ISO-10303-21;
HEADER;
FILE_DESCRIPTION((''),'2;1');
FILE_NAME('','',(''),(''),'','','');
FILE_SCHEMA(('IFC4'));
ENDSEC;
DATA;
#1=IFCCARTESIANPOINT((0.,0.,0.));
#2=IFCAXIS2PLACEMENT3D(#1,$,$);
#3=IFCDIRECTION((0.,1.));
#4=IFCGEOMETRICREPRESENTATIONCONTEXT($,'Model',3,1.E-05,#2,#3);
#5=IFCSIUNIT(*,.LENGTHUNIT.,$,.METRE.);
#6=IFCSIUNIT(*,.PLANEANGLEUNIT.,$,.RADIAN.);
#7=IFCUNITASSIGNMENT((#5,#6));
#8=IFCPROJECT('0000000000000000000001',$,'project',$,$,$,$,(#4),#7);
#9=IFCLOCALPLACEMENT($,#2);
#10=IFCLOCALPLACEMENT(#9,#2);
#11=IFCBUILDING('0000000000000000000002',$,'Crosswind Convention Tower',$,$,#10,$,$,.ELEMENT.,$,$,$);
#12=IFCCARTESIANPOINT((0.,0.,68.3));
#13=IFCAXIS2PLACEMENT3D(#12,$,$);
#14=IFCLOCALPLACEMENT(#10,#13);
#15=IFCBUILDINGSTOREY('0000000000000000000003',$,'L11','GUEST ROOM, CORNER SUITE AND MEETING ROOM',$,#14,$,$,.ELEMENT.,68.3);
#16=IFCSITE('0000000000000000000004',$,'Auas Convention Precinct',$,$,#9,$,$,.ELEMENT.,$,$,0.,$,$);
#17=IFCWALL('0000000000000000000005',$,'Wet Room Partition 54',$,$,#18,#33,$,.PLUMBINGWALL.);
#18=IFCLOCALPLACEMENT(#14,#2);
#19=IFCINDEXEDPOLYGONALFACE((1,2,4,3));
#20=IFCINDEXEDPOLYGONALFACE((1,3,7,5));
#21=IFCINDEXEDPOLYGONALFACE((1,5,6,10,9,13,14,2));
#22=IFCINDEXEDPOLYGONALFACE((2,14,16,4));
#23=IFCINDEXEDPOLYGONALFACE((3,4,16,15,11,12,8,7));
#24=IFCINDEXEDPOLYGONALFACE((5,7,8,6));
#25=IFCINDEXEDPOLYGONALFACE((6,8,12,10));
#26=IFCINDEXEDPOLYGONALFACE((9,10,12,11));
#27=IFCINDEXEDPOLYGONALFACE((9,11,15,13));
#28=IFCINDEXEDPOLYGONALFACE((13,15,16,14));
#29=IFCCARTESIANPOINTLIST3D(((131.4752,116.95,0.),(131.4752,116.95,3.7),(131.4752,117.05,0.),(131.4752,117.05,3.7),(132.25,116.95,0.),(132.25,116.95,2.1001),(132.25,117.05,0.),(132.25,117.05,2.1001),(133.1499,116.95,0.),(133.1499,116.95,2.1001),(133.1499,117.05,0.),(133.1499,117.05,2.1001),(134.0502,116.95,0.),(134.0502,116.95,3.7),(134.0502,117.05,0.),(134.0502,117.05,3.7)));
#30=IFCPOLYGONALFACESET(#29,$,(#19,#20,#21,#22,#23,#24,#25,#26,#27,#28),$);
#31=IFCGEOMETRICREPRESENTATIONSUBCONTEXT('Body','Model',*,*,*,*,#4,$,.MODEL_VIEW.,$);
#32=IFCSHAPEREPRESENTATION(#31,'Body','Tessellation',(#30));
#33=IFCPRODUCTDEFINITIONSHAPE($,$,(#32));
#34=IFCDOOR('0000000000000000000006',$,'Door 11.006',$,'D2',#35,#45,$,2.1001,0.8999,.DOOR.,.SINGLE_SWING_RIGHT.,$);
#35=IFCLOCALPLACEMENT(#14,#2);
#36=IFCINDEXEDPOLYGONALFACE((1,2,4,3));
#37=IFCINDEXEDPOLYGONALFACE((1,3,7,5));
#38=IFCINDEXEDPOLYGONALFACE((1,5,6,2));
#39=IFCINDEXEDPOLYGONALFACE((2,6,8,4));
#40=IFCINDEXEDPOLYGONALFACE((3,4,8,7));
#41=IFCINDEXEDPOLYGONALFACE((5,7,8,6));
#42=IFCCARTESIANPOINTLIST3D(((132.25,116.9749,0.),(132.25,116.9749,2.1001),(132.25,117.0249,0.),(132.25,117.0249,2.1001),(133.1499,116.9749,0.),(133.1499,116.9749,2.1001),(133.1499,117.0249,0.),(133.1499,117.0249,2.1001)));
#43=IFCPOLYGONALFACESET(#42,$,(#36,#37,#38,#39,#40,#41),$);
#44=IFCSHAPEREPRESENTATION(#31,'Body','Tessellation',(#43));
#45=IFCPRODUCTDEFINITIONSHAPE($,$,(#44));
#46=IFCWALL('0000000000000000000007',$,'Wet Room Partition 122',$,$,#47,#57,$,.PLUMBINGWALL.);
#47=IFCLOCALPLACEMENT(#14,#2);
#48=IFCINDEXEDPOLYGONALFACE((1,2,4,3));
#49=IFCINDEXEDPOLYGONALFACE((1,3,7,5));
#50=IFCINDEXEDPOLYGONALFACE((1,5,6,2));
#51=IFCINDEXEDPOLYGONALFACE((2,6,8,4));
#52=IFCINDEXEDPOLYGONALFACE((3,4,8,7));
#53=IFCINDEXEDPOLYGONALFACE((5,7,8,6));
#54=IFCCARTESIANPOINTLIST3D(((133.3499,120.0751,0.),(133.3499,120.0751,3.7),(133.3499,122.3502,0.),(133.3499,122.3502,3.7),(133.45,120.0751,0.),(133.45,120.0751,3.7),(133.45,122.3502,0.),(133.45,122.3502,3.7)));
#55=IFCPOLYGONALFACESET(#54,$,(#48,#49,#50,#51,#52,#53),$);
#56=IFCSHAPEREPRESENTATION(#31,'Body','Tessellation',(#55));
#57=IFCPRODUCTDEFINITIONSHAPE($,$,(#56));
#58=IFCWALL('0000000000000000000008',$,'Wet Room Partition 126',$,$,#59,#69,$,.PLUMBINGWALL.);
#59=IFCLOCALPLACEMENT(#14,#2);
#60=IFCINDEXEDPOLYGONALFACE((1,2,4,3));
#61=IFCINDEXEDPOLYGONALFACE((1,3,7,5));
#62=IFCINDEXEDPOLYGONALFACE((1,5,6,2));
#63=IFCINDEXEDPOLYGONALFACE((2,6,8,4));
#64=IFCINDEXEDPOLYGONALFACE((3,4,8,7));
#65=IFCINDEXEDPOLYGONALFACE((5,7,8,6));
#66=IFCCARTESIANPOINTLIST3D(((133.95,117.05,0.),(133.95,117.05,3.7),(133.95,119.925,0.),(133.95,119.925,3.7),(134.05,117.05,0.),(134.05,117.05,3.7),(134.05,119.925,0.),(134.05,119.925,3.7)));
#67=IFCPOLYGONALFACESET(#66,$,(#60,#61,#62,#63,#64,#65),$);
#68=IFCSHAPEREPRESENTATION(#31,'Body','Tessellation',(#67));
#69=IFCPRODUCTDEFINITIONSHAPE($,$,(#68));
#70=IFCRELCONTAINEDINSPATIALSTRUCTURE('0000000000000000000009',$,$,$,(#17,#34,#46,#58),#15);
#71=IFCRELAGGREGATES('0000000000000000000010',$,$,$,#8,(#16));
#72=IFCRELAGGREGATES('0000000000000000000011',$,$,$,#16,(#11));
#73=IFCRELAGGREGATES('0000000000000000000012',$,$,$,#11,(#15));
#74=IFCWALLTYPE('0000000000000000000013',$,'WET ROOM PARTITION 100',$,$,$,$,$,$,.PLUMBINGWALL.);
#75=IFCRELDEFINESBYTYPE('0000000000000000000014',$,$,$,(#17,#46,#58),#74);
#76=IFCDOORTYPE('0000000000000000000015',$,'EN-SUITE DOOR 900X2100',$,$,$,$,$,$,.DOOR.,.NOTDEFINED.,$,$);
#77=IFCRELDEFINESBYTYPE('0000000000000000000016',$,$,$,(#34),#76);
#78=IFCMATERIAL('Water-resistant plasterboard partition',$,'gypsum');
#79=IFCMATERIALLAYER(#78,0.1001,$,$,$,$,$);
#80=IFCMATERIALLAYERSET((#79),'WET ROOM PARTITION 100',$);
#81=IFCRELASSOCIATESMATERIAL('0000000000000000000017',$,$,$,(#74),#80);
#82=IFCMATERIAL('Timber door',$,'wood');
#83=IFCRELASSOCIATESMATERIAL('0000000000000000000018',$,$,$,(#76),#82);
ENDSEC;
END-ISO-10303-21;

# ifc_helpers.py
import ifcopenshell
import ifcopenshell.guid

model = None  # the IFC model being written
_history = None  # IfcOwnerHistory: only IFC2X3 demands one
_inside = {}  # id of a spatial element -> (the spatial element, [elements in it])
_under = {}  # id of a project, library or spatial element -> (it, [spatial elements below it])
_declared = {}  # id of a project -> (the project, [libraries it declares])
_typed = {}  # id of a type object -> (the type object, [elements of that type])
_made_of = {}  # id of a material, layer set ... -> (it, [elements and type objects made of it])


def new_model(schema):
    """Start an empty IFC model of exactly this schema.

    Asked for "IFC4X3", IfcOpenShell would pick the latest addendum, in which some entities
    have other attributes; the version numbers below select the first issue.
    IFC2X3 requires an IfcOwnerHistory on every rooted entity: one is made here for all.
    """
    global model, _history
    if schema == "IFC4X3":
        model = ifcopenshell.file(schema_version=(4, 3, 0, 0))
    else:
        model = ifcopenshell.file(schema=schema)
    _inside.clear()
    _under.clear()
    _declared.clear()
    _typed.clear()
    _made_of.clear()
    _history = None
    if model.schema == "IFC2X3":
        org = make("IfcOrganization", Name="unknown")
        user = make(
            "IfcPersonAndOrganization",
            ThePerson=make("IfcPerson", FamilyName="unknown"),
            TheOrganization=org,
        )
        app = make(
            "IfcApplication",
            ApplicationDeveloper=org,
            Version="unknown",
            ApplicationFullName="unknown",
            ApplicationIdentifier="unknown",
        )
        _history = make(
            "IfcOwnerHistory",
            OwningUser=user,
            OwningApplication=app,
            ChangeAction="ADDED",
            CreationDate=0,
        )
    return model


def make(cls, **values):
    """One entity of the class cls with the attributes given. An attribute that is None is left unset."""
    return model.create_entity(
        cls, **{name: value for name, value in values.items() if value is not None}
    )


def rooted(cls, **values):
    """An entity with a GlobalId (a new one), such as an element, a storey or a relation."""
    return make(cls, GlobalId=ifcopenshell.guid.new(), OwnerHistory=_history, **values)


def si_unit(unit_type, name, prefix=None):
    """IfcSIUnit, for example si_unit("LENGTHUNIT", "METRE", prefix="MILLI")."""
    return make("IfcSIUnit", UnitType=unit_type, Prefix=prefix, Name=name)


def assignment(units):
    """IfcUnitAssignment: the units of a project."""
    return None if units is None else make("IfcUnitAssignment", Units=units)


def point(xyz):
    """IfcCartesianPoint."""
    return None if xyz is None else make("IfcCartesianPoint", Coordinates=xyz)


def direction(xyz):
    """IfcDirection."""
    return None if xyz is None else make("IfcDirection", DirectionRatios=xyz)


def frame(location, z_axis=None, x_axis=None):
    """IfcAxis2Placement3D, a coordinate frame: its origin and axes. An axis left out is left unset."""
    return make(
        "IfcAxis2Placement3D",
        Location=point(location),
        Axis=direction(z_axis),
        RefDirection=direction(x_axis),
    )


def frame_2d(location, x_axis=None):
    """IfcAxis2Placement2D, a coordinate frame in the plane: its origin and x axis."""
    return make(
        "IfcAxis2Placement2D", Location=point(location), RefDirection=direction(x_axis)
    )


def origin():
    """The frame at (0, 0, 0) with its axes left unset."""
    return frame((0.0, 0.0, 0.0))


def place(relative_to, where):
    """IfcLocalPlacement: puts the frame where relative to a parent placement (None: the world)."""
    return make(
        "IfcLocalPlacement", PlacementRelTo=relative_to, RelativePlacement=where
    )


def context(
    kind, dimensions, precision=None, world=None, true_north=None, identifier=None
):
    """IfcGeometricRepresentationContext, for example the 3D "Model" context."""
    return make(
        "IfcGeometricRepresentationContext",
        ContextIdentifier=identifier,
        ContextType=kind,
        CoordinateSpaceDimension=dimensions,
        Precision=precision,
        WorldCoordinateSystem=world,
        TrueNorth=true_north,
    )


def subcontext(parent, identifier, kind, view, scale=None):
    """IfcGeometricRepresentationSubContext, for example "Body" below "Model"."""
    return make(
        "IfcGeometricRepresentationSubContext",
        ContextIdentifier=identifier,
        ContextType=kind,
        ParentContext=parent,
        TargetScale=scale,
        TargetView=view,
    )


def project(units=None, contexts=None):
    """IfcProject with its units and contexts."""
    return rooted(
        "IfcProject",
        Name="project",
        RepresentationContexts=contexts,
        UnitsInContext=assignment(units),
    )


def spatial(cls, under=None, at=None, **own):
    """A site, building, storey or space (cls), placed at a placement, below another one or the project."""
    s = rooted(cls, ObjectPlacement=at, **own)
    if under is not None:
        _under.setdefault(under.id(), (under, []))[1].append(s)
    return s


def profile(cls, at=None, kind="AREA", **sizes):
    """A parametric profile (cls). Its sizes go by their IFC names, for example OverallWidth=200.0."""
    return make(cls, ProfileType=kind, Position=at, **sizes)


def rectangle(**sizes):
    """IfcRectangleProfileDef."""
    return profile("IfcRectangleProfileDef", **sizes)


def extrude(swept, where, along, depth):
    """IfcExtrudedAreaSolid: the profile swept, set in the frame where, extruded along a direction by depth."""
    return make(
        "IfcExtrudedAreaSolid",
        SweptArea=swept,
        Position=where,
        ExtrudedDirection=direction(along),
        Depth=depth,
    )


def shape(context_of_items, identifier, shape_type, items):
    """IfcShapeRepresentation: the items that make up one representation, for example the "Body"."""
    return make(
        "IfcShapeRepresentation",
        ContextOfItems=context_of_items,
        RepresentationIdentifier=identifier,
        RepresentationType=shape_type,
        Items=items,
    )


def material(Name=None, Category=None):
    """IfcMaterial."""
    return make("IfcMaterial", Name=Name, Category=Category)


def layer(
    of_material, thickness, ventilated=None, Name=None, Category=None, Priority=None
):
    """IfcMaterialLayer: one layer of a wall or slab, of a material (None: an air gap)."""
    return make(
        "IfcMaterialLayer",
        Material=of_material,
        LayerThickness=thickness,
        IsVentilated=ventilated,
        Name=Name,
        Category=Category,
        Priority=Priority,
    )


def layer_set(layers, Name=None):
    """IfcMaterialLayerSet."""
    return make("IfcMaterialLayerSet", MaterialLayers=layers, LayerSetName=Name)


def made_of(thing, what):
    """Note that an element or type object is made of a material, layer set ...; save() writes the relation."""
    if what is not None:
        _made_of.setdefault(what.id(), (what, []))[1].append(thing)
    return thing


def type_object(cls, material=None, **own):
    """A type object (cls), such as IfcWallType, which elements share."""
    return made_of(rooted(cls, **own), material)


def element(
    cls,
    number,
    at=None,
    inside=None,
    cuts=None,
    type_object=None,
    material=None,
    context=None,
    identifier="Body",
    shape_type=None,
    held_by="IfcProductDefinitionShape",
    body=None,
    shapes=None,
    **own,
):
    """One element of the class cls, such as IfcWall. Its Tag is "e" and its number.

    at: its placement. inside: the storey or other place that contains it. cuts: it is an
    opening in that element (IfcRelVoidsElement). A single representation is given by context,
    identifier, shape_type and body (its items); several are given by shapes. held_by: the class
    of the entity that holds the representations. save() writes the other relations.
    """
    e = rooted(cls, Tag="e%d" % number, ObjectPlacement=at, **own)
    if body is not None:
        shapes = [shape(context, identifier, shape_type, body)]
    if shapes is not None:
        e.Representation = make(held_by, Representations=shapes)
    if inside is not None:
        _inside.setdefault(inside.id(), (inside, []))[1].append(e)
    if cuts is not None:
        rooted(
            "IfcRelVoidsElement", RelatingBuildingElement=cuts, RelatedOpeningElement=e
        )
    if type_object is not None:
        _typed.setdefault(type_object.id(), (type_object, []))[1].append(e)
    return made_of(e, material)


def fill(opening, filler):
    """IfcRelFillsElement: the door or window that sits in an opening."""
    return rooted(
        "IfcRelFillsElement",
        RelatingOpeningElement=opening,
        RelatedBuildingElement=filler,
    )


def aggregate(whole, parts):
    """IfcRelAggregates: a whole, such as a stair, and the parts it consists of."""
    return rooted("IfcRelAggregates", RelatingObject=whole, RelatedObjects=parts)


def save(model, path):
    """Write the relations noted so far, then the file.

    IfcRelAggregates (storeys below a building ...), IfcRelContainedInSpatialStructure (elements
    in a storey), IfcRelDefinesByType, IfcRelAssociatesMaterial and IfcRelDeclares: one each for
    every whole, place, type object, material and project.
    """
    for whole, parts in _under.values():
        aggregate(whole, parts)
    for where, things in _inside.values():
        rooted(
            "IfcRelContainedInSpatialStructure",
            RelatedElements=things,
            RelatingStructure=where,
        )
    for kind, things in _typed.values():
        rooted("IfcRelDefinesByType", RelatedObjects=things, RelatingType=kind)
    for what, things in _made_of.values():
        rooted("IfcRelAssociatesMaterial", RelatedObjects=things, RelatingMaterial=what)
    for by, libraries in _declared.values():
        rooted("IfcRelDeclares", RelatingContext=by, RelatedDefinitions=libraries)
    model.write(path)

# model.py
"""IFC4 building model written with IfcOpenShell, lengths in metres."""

from ifc_helpers import new_model, si_unit, direction, frame, frame_2d, origin, place, context, subcontext, project, spatial, rectangle, extrude, material, layer, layer_set, type_object, element, fill, save


model = new_model("IFC4")

# Units and contexts
model_context = context("Model", 3, precision=1e-05, world=origin(), true_north=direction((0.0, 1.0)))
body_context = subcontext(model_context, "Body", "Model", "MODEL_VIEW")
ifc_project = project(units=[si_unit("LENGTHUNIT", "METRE"), si_unit("PLANEANGLEUNIT", "RADIAN")], contexts=[model_context])

# Site, building, storey
site_placement = place(None, origin())
site = spatial("IfcSite", under=ifc_project, at=site_placement, Name="Auas Convention Precinct", CompositionType="ELEMENT", RefElevation=0.0)
building_placement = place(site_placement, origin())
building = spatial("IfcBuilding", under=site, at=building_placement, Name="Crosswind Convention Tower", CompositionType="ELEMENT")
storey_placement = place(building_placement, frame((0.0, 0.0, 68.3)))
storey = spatial("IfcBuildingStorey", under=building, at=storey_placement, Name="L11", Description="GUEST ROOM, CORNER SUITE AND MEETING ROOM", CompositionType="ELEMENT", Elevation=68.3)

# Wall, opening, door
ifc_material_1 = material(Name="Water-resistant plasterboard partition", Category="gypsum")
ifc_layer_1 = layer(ifc_material_1, 0.1001)
ifc_layer_set_1 = layer_set([ifc_layer_1], Name="WET ROOM PARTITION 100")
wall_type_1 = type_object("IfcWallType", Name="WET ROOM PARTITION 100", PredefinedType="PLUMBINGWALL", material=ifc_layer_set_1)
wall_1_placement = place(storey_placement, frame((131.4751, 117.0, 0.0), z_axis=(0.0, 0.0, 1.0), x_axis=(1.0, 0.0, 0.0)))
wall_1 = element("IfcWall", 1, at=wall_1_placement, inside=storey, type_object=wall_type_1, Name="Wet Room Partition 54", PredefinedType="PLUMBINGWALL", context=body_context, shape_type="SweptSolid", body=[
    extrude(rectangle(XDim=2.575, YDim=0.1001, at=frame_2d((1.2876, 0.0))), origin(), (0.0, 0.0, 1.0), 3.7),
])
opening_1_placement = place(wall_1_placement, frame((0.7749, 0.0, 0.0)))
opening_1 = element("IfcOpeningElement", 2, at=opening_1_placement, cuts=wall_1, PredefinedType="OPENING", context=body_context, shape_type="SweptSolid", body=[
    extrude(rectangle(XDim=0.8999, YDim=2.1001, at=frame_2d((0.45, 1.05))), frame((0.0, 0.0601, 0.0), z_axis=(0.0, -1.0, 0.0), x_axis=(1.0, 0.0, 0.0)), (0.0, 0.0, 1.0), 0.1201),
])
ifc_material_2 = material(Name="Timber door", Category="wood")
door_type_1 = type_object("IfcDoorType", Name="EN-SUITE DOOR 900X2100", OperationType="NOTDEFINED", PredefinedType="DOOR", material=ifc_material_2)
door_1_placement = place(opening_1_placement, origin())
door_1 = element("IfcDoor", 3, at=door_1_placement, inside=storey, type_object=door_type_1, Name="Door 11.006", ObjectType="D2", OperationType="SINGLE_SWING_RIGHT", OverallHeight=2.1001, OverallWidth=0.8999, PredefinedType="DOOR", context=body_context, shape_type="SweptSolid", body=[
    extrude(rectangle(XDim=0.8999, YDim=2.1001, at=frame_2d((0.45, 1.05))), frame((0.0, 0.0249, 0.0), z_axis=(0.0, -1.0, 0.0), x_axis=(1.0, 0.0, 0.0)), (0.0, 0.0, 1.0), 0.05),
])
fill(opening_1, door_1)

# Walls
wall_2_placement = place(storey_placement, frame((133.3999, 120.075, 0.0), z_axis=(0.0, 0.0, 1.0), x_axis=(0.0, 1.0, 0.0)))
element("IfcWall", 4, at=wall_2_placement, inside=storey, type_object=wall_type_1, Name="Wet Room Partition 122", PredefinedType="PLUMBINGWALL", context=body_context, shape_type="SweptSolid", body=[
    extrude(rectangle(XDim=2.2751, YDim=0.1001, at=frame_2d((1.1377, 0.0))), origin(), (0.0, 0.0, 1.0), 3.7),
])
wall_3_placement = place(storey_placement, frame((134.0, 117.05, 0.0), z_axis=(0.0, 0.0, 1.0), x_axis=(0.0, 1.0, 0.0)))
element("IfcWall", 5, at=wall_3_placement, inside=storey, type_object=wall_type_1, Name="Wet Room Partition 126", PredefinedType="PLUMBINGWALL", context=body_context, shape_type="SweptSolid", body=[
    extrude(rectangle(XDim=2.875, YDim=0.1001, at=frame_2d((1.4375, 0.0))), origin(), (0.0, 0.0, 1.0), 3.7),
])

save(model, "model.ifc")
